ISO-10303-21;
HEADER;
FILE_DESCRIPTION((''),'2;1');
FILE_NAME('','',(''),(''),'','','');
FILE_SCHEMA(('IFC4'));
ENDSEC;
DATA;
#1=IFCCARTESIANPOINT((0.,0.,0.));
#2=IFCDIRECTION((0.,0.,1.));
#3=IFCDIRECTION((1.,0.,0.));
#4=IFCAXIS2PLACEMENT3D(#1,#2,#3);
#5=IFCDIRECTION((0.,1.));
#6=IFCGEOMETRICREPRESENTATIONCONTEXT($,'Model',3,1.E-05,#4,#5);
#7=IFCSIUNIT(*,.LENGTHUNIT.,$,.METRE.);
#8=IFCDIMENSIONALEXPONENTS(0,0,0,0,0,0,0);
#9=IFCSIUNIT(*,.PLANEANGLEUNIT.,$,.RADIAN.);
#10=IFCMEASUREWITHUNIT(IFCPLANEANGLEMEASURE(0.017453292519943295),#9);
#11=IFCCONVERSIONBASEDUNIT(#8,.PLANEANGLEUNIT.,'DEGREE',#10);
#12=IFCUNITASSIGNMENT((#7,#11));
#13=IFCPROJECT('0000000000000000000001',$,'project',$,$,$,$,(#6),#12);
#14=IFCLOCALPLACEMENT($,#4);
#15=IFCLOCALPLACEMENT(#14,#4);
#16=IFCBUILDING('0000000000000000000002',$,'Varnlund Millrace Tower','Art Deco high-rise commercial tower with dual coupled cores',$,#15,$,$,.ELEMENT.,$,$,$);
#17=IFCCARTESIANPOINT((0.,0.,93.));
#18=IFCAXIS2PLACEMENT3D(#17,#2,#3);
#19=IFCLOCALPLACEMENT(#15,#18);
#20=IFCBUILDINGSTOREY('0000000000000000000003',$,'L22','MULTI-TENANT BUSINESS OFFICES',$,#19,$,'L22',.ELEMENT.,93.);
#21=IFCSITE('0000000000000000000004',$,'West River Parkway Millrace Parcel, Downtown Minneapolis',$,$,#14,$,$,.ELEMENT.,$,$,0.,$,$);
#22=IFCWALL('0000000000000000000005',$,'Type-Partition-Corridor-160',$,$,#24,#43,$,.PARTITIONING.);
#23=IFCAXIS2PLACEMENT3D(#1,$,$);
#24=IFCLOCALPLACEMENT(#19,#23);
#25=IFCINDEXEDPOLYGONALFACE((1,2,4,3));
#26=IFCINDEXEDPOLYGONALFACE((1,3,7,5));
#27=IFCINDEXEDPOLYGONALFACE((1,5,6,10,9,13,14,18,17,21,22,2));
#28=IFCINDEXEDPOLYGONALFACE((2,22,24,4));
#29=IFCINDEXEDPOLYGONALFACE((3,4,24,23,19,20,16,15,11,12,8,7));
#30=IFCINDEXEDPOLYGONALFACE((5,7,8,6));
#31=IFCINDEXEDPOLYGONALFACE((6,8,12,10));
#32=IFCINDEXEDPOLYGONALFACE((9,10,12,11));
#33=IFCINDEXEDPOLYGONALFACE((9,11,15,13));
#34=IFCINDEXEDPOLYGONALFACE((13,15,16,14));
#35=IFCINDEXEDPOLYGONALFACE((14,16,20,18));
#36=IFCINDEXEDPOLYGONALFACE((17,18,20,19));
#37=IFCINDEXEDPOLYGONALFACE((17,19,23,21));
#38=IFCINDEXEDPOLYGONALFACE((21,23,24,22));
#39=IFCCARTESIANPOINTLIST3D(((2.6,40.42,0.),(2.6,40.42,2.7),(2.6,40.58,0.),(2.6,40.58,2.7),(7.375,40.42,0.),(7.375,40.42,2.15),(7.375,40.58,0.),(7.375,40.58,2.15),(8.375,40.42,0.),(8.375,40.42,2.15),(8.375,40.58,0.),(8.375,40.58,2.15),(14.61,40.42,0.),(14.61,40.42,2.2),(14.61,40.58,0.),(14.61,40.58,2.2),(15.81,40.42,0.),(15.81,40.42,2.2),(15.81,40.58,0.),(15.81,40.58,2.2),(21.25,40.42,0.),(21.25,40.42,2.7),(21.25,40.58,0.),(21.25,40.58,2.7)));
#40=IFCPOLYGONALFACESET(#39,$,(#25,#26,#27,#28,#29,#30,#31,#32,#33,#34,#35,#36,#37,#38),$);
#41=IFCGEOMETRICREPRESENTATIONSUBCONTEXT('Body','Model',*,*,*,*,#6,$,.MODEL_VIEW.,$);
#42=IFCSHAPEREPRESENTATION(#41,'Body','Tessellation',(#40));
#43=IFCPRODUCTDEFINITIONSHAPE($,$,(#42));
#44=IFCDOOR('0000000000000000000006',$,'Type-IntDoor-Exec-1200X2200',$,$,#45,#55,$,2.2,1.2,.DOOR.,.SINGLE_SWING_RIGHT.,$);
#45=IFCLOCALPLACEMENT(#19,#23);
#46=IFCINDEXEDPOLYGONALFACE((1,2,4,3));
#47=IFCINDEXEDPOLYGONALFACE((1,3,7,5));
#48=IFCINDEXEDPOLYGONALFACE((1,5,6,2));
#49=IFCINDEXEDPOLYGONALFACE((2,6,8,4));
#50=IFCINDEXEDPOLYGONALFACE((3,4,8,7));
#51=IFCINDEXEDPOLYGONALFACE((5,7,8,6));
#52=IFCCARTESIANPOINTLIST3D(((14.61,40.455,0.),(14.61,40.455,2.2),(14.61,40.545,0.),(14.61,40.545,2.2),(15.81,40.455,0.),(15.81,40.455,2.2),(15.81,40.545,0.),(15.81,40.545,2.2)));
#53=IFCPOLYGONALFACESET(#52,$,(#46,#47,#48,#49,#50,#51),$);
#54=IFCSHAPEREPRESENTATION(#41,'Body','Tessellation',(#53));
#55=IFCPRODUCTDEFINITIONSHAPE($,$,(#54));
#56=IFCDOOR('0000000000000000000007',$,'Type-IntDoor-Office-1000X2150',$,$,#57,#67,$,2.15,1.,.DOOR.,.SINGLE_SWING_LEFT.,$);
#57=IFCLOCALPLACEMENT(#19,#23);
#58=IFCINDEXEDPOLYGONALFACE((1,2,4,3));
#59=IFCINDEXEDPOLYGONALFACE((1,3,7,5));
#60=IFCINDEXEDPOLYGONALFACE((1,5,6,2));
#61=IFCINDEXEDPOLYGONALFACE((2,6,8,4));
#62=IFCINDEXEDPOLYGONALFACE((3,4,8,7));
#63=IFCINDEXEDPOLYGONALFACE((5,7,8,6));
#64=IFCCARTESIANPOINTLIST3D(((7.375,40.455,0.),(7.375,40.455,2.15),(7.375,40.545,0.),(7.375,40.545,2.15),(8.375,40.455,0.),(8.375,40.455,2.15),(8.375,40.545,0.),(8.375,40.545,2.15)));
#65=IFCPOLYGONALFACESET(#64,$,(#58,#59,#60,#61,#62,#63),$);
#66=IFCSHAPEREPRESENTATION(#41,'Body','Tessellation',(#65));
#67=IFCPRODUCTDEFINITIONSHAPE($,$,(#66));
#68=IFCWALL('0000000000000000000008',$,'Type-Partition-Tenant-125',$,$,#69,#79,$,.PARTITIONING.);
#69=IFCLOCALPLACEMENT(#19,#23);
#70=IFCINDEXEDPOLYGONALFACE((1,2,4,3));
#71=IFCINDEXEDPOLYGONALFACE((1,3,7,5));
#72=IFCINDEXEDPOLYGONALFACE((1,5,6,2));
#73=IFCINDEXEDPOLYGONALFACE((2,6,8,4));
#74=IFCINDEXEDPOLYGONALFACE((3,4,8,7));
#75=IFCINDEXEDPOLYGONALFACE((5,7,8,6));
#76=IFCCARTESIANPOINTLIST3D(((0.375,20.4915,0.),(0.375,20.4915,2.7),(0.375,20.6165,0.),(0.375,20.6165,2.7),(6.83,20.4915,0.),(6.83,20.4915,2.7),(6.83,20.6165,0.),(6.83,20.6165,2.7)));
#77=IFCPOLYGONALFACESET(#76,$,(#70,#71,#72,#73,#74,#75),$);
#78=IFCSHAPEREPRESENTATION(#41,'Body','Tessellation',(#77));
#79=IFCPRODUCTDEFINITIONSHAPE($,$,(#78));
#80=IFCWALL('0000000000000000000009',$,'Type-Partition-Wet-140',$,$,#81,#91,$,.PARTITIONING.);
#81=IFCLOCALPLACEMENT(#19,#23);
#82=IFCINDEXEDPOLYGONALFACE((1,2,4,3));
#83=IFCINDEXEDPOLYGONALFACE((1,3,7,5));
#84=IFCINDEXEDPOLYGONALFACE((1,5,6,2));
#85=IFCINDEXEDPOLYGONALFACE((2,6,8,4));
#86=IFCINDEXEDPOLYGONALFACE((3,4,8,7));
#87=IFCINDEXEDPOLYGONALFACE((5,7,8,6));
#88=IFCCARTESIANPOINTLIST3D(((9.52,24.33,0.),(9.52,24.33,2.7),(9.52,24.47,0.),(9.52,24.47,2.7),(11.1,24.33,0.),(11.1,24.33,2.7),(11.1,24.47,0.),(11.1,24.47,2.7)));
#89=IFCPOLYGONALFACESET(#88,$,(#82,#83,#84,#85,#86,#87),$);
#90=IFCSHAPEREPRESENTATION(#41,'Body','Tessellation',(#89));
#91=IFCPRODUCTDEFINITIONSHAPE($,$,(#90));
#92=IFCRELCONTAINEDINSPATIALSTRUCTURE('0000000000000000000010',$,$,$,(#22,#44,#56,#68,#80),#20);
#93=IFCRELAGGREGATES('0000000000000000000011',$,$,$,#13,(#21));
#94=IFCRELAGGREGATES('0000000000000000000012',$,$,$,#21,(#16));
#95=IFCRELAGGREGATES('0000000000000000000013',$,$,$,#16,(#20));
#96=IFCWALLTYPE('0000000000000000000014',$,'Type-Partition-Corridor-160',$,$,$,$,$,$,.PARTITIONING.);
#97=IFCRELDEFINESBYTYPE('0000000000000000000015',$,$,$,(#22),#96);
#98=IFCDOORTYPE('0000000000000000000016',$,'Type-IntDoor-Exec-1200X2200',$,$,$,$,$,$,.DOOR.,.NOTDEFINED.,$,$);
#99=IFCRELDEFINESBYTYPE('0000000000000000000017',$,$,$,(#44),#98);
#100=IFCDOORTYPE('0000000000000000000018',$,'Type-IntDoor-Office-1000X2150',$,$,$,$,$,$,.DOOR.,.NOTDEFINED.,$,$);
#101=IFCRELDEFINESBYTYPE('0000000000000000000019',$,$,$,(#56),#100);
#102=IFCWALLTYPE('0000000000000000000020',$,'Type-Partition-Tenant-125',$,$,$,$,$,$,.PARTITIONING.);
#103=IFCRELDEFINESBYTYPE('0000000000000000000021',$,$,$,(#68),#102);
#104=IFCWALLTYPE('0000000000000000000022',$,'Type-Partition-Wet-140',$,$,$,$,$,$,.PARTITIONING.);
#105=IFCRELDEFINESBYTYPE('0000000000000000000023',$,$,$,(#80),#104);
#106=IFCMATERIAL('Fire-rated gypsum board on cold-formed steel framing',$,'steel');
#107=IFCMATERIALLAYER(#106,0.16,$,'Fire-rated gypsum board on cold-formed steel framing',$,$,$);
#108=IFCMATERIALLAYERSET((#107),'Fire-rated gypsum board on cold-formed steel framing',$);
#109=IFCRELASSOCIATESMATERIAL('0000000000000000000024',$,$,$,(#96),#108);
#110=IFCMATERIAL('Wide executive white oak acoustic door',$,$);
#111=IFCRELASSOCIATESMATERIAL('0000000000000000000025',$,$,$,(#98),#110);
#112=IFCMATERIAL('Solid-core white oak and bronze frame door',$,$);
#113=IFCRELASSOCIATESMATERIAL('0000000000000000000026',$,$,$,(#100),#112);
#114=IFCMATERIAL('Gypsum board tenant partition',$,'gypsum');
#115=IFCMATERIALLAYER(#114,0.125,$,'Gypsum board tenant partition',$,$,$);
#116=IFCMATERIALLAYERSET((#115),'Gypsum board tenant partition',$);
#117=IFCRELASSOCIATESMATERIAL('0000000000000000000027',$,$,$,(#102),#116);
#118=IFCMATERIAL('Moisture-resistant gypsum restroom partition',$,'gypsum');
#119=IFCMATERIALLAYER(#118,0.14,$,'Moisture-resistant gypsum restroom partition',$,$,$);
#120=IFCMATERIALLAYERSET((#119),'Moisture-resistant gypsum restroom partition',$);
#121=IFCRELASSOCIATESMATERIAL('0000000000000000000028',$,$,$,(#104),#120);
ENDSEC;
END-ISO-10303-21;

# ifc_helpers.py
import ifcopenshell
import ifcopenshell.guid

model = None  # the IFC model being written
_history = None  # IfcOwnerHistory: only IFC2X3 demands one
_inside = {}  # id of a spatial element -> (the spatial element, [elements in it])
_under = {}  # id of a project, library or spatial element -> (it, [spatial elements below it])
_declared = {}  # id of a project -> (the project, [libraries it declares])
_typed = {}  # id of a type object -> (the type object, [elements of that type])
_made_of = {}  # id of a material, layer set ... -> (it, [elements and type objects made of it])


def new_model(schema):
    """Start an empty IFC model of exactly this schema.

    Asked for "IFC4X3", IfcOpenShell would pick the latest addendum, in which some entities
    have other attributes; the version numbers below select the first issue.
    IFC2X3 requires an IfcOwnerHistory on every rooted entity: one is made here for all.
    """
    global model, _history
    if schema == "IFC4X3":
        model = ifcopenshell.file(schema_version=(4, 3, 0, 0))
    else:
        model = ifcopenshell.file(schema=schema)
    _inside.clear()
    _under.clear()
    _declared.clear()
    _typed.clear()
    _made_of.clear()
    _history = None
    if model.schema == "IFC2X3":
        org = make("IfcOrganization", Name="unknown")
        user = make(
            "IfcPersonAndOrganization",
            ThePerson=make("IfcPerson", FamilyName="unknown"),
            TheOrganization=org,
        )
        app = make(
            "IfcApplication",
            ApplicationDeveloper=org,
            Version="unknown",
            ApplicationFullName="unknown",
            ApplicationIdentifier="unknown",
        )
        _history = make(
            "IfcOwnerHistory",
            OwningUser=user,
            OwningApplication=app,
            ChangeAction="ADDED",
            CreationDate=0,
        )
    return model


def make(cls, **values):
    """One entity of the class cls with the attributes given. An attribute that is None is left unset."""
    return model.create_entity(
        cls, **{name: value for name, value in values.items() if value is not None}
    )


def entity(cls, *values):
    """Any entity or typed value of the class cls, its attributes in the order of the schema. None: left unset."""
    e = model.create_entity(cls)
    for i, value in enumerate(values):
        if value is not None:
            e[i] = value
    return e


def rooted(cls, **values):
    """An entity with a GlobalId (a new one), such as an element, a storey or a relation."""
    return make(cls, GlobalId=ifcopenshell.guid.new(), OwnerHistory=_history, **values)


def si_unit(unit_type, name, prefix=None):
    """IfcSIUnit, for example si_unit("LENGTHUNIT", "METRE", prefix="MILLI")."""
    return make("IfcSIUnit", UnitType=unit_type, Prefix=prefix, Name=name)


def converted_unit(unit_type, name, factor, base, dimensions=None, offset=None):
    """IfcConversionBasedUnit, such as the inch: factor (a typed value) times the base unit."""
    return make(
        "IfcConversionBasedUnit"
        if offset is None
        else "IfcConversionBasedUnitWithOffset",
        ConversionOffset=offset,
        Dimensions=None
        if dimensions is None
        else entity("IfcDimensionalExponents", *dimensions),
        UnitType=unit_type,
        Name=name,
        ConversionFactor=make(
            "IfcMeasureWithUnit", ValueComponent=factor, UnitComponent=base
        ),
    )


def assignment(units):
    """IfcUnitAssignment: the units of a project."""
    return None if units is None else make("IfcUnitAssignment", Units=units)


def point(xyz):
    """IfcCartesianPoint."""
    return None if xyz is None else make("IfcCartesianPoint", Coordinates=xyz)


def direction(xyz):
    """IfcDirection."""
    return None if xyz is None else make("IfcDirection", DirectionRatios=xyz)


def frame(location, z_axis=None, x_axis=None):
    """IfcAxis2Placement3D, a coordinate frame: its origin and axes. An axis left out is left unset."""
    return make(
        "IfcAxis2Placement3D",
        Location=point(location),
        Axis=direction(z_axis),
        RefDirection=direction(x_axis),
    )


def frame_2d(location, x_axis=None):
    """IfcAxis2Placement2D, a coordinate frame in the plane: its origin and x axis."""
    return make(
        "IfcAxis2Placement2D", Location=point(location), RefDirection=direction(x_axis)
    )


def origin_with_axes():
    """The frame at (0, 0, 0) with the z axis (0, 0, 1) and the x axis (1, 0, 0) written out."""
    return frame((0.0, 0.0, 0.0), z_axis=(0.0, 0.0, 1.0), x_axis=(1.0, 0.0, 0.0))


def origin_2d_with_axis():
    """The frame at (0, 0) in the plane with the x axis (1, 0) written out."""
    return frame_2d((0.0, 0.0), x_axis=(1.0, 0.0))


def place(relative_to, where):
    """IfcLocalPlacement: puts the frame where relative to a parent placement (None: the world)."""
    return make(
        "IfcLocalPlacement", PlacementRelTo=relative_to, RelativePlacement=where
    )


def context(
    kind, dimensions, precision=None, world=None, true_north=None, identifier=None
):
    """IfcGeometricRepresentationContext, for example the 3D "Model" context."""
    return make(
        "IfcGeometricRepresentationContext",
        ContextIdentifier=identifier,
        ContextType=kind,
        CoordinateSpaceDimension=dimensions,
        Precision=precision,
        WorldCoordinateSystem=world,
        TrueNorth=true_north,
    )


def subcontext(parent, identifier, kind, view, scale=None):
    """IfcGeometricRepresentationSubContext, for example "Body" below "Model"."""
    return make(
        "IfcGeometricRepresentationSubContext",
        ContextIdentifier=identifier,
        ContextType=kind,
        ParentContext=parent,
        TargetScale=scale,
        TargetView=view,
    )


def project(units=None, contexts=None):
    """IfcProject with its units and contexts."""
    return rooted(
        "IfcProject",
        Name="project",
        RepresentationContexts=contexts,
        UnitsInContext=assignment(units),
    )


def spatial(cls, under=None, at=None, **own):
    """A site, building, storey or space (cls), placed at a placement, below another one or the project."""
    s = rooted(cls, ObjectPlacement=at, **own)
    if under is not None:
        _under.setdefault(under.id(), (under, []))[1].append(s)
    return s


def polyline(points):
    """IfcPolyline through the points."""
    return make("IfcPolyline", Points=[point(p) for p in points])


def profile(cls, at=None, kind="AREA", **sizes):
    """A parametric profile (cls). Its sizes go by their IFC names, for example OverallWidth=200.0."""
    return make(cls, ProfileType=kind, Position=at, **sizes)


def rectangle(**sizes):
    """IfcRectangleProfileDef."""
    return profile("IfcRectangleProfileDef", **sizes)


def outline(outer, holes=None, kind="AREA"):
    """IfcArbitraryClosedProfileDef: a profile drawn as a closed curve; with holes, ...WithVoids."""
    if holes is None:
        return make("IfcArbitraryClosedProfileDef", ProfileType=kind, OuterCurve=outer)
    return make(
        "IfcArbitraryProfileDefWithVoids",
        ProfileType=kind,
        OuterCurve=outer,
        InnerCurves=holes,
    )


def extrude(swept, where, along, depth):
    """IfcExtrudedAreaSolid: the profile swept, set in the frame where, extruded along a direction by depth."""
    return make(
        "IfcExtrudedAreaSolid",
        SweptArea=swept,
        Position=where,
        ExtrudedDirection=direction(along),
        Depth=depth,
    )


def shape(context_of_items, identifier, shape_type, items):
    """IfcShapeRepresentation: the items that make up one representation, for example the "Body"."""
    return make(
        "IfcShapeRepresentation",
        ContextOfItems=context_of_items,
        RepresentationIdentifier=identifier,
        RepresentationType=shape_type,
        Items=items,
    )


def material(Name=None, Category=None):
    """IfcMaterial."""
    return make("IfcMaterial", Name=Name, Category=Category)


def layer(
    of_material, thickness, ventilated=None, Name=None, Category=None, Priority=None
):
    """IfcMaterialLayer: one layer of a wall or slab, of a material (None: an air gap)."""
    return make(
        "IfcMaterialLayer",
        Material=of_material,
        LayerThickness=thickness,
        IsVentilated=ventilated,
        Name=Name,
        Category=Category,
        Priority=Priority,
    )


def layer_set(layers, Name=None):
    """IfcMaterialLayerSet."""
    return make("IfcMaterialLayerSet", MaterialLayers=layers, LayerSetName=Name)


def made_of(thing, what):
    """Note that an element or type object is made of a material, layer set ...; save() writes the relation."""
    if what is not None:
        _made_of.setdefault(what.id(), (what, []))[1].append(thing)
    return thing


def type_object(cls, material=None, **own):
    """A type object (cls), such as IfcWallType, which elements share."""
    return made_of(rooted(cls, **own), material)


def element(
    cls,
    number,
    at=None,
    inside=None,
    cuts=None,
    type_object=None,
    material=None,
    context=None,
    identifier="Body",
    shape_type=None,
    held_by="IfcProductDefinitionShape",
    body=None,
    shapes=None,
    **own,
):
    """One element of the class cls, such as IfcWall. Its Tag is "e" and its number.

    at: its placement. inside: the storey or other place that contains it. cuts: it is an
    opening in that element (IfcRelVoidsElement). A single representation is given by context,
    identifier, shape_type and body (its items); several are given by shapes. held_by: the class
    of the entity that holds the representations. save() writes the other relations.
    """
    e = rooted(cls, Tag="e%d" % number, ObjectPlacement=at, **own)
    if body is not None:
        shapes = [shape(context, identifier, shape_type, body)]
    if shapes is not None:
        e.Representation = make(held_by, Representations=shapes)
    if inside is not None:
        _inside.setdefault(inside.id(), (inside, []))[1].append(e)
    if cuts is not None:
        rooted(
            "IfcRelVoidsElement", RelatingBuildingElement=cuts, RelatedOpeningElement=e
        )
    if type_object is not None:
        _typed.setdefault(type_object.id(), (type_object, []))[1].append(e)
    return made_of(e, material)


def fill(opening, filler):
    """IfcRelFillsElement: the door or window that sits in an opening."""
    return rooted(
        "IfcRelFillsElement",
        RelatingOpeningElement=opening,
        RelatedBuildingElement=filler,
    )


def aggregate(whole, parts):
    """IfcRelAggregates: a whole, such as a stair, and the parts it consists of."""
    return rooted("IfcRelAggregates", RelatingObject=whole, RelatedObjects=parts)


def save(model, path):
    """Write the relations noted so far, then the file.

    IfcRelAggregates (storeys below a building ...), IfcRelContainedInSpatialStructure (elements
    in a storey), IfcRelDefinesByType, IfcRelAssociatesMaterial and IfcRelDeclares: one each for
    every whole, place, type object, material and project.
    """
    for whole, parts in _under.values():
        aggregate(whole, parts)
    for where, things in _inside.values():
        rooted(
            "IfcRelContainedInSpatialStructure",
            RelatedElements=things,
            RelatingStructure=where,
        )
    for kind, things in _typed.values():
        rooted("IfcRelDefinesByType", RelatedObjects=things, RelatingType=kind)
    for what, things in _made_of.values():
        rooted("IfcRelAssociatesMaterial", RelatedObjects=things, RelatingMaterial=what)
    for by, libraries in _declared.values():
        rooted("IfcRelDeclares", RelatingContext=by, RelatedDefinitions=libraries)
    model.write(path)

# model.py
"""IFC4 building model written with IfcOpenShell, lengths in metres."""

from ifc_helpers import new_model, entity, si_unit, converted_unit, direction, frame, origin_with_axes, origin_2d_with_axis, place, context, subcontext, project, spatial, polyline, rectangle, outline, extrude, material, layer, layer_set, type_object, element, fill, save


model = new_model("IFC4")

# Units and contexts
model_context = context("Model", 3, precision=1e-05, world=origin_with_axes(), true_north=direction((0.0, 1.0)))
body_context = subcontext(model_context, "Body", "Model", "MODEL_VIEW")
ifc_project = project(units=[si_unit("LENGTHUNIT", "METRE"), converted_unit("PLANEANGLEUNIT", "DEGREE", entity("IfcPlaneAngleMeasure", 0.017453292519943295), si_unit("PLANEANGLEUNIT", "RADIAN"), dimensions=[0, 0, 0, 0, 0, 0, 0])], contexts=[model_context])

# Site, building, storey
site_placement = place(None, origin_with_axes())
site = spatial("IfcSite", under=ifc_project, at=site_placement, Name="West River Parkway Millrace Parcel, Downtown Minneapolis", CompositionType="ELEMENT", RefElevation=0.0)
building_placement = place(site_placement, origin_with_axes())
building = spatial("IfcBuilding", under=site, at=building_placement, Name="Varnlund Millrace Tower", Description="Art Deco high-rise commercial tower with dual coupled cores", CompositionType="ELEMENT")
storey_placement = place(building_placement, frame((0.0, 0.0, 93.0), z_axis=(0.0, 0.0, 1.0), x_axis=(1.0, 0.0, 0.0)))
storey = spatial("IfcBuildingStorey", under=building, at=storey_placement, Name="L22", Description="MULTI-TENANT BUSINESS OFFICES", LongName="L22", CompositionType="ELEMENT", Elevation=93.0)

# Shared definitions
ifc_material_1 = material(Name="Fire-rated gypsum board on cold-formed steel framing", Category="steel")
ifc_layer_1 = layer(ifc_material_1, 0.16, Name="Fire-rated gypsum board on cold-formed steel framing")
ifc_layer_set_1 = layer_set([ifc_layer_1], Name="Fire-rated gypsum board on cold-formed steel framing")
wall_type_1 = type_object("IfcWallType", Name="Type-Partition-Corridor-160", PredefinedType="PARTITIONING", material=ifc_layer_set_1)

# Wall, openings, doors
wall_1_placement = place(storey_placement, frame((2.6, 40.5, 0.0), z_axis=(0.0, 0.0, 1.0), x_axis=(1.0, 0.0, 0.0)))
wall_1 = element("IfcWall", 1, at=wall_1_placement, inside=storey, type_object=wall_type_1, Name="Type-Partition-Corridor-160", PredefinedType="PARTITIONING", context=body_context, shape_type="SweptSolid", body=[
    extrude(outline(polyline([(0.0, -0.08), (18.65, -0.08), (18.65, 0.08), (0.0, 0.08), (0.0, -0.08)])), origin_with_axes(), (0.0, 0.0, 1.0), 2.7),
])
opening_1_placement = place(wall_1_placement, frame((5.275, 0.0, 0.0), z_axis=(0.0, 0.0, 1.0), x_axis=(1.0, 0.0, 0.0)))
opening_1 = element("IfcOpeningElement", 2, at=opening_1_placement, cuts=wall_1, PredefinedType="OPENING", context=body_context, shape_type="SweptSolid", body=[
    extrude(rectangle(XDim=1.0, YDim=0.18, at=origin_2d_with_axis()), origin_with_axes(), (0.0, 0.0, 1.0), 2.15),
])
opening_2_placement = place(wall_1_placement, frame((12.61, 0.0, 0.0), z_axis=(0.0, 0.0, 1.0), x_axis=(1.0, 0.0, 0.0)))
opening_2 = element("IfcOpeningElement", 3, at=opening_2_placement, cuts=wall_1, PredefinedType="OPENING", context=body_context, shape_type="SweptSolid", body=[
    extrude(rectangle(XDim=1.2, YDim=0.18, at=origin_2d_with_axis()), origin_with_axes(), (0.0, 0.0, 1.0), 2.2),
])
ifc_material_2 = material(Name="Wide executive white oak acoustic door")
door_type_1 = type_object("IfcDoorType", Name="Type-IntDoor-Exec-1200X2200", OperationType="NOTDEFINED", PredefinedType="DOOR", material=ifc_material_2)
door_1_placement = place(wall_1_placement, frame((12.61, 0.0, 0.0), z_axis=(0.0, 0.0, 1.0), x_axis=(1.0, 0.0, 0.0)))
door_1 = element("IfcDoor", 4, at=door_1_placement, inside=storey, type_object=door_type_1, Name="Type-IntDoor-Exec-1200X2200", OperationType="SINGLE_SWING_RIGHT", OverallHeight=2.2, OverallWidth=1.2, PredefinedType="DOOR", context=body_context, shape_type="SweptSolid", body=[
    extrude(rectangle(XDim=1.2, YDim=0.09, at=origin_2d_with_axis()), origin_with_axes(), (0.0, 0.0, 1.0), 2.2),
])
fill(opening_2, door_1)
ifc_material_3 = material(Name="Solid-core white oak and bronze frame door")
door_type_2 = type_object("IfcDoorType", Name="Type-IntDoor-Office-1000X2150", OperationType="NOTDEFINED", PredefinedType="DOOR", material=ifc_material_3)
door_2_placement = place(wall_1_placement, frame((5.275, 0.0, 0.0), z_axis=(0.0, 0.0, 1.0), x_axis=(1.0, 0.0, 0.0)))
door_2 = element("IfcDoor", 5, at=door_2_placement, inside=storey, type_object=door_type_2, Name="Type-IntDoor-Office-1000X2150", OperationType="SINGLE_SWING_LEFT", OverallHeight=2.15, OverallWidth=1.0, PredefinedType="DOOR", context=body_context, shape_type="SweptSolid", body=[
    extrude(rectangle(XDim=1.0, YDim=0.09, at=origin_2d_with_axis()), origin_with_axes(), (0.0, 0.0, 1.0), 2.15),
])
fill(opening_1, door_2)

# Walls
ifc_material_4 = material(Name="Gypsum board tenant partition", Category="gypsum")
ifc_layer_2 = layer(ifc_material_4, 0.125, Name="Gypsum board tenant partition")
ifc_layer_set_2 = layer_set([ifc_layer_2], Name="Gypsum board tenant partition")
wall_type_2 = type_object("IfcWallType", Name="Type-Partition-Tenant-125", PredefinedType="PARTITIONING", material=ifc_layer_set_2)
wall_2_placement = place(storey_placement, frame((0.375, 20.554, 0.0), z_axis=(0.0, 0.0, 1.0), x_axis=(1.0, 0.0, 0.0)))
element("IfcWall", 6, at=wall_2_placement, inside=storey, type_object=wall_type_2, Name="Type-Partition-Tenant-125", PredefinedType="PARTITIONING", context=body_context, shape_type="SweptSolid", body=[
    extrude(outline(polyline([(0.0, -0.0625), (6.455, -0.0625), (6.455, 0.0625), (0.0, 0.0625), (0.0, -0.0625)])), origin_with_axes(), (0.0, 0.0, 1.0), 2.7),
])
ifc_material_5 = material(Name="Moisture-resistant gypsum restroom partition", Category="gypsum")
ifc_layer_3 = layer(ifc_material_5, 0.14, Name="Moisture-resistant gypsum restroom partition")
ifc_layer_set_3 = layer_set([ifc_layer_3], Name="Moisture-resistant gypsum restroom partition")
wall_type_3 = type_object("IfcWallType", Name="Type-Partition-Wet-140", PredefinedType="PARTITIONING", material=ifc_layer_set_3)
wall_3_placement = place(storey_placement, frame((9.52, 24.4, 0.0), z_axis=(0.0, 0.0, 1.0), x_axis=(1.0, 0.0, 0.0)))
element("IfcWall", 7, at=wall_3_placement, inside=storey, type_object=wall_type_3, Name="Type-Partition-Wet-140", PredefinedType="PARTITIONING", context=body_context, shape_type="SweptSolid", body=[
    extrude(outline(polyline([(0.0, -0.07), (1.58, -0.07), (1.58, 0.07), (0.0, 0.07), (0.0, -0.07)])), origin_with_axes(), (0.0, 0.0, 1.0), 2.7),
])

save(model, "model.ifc")
